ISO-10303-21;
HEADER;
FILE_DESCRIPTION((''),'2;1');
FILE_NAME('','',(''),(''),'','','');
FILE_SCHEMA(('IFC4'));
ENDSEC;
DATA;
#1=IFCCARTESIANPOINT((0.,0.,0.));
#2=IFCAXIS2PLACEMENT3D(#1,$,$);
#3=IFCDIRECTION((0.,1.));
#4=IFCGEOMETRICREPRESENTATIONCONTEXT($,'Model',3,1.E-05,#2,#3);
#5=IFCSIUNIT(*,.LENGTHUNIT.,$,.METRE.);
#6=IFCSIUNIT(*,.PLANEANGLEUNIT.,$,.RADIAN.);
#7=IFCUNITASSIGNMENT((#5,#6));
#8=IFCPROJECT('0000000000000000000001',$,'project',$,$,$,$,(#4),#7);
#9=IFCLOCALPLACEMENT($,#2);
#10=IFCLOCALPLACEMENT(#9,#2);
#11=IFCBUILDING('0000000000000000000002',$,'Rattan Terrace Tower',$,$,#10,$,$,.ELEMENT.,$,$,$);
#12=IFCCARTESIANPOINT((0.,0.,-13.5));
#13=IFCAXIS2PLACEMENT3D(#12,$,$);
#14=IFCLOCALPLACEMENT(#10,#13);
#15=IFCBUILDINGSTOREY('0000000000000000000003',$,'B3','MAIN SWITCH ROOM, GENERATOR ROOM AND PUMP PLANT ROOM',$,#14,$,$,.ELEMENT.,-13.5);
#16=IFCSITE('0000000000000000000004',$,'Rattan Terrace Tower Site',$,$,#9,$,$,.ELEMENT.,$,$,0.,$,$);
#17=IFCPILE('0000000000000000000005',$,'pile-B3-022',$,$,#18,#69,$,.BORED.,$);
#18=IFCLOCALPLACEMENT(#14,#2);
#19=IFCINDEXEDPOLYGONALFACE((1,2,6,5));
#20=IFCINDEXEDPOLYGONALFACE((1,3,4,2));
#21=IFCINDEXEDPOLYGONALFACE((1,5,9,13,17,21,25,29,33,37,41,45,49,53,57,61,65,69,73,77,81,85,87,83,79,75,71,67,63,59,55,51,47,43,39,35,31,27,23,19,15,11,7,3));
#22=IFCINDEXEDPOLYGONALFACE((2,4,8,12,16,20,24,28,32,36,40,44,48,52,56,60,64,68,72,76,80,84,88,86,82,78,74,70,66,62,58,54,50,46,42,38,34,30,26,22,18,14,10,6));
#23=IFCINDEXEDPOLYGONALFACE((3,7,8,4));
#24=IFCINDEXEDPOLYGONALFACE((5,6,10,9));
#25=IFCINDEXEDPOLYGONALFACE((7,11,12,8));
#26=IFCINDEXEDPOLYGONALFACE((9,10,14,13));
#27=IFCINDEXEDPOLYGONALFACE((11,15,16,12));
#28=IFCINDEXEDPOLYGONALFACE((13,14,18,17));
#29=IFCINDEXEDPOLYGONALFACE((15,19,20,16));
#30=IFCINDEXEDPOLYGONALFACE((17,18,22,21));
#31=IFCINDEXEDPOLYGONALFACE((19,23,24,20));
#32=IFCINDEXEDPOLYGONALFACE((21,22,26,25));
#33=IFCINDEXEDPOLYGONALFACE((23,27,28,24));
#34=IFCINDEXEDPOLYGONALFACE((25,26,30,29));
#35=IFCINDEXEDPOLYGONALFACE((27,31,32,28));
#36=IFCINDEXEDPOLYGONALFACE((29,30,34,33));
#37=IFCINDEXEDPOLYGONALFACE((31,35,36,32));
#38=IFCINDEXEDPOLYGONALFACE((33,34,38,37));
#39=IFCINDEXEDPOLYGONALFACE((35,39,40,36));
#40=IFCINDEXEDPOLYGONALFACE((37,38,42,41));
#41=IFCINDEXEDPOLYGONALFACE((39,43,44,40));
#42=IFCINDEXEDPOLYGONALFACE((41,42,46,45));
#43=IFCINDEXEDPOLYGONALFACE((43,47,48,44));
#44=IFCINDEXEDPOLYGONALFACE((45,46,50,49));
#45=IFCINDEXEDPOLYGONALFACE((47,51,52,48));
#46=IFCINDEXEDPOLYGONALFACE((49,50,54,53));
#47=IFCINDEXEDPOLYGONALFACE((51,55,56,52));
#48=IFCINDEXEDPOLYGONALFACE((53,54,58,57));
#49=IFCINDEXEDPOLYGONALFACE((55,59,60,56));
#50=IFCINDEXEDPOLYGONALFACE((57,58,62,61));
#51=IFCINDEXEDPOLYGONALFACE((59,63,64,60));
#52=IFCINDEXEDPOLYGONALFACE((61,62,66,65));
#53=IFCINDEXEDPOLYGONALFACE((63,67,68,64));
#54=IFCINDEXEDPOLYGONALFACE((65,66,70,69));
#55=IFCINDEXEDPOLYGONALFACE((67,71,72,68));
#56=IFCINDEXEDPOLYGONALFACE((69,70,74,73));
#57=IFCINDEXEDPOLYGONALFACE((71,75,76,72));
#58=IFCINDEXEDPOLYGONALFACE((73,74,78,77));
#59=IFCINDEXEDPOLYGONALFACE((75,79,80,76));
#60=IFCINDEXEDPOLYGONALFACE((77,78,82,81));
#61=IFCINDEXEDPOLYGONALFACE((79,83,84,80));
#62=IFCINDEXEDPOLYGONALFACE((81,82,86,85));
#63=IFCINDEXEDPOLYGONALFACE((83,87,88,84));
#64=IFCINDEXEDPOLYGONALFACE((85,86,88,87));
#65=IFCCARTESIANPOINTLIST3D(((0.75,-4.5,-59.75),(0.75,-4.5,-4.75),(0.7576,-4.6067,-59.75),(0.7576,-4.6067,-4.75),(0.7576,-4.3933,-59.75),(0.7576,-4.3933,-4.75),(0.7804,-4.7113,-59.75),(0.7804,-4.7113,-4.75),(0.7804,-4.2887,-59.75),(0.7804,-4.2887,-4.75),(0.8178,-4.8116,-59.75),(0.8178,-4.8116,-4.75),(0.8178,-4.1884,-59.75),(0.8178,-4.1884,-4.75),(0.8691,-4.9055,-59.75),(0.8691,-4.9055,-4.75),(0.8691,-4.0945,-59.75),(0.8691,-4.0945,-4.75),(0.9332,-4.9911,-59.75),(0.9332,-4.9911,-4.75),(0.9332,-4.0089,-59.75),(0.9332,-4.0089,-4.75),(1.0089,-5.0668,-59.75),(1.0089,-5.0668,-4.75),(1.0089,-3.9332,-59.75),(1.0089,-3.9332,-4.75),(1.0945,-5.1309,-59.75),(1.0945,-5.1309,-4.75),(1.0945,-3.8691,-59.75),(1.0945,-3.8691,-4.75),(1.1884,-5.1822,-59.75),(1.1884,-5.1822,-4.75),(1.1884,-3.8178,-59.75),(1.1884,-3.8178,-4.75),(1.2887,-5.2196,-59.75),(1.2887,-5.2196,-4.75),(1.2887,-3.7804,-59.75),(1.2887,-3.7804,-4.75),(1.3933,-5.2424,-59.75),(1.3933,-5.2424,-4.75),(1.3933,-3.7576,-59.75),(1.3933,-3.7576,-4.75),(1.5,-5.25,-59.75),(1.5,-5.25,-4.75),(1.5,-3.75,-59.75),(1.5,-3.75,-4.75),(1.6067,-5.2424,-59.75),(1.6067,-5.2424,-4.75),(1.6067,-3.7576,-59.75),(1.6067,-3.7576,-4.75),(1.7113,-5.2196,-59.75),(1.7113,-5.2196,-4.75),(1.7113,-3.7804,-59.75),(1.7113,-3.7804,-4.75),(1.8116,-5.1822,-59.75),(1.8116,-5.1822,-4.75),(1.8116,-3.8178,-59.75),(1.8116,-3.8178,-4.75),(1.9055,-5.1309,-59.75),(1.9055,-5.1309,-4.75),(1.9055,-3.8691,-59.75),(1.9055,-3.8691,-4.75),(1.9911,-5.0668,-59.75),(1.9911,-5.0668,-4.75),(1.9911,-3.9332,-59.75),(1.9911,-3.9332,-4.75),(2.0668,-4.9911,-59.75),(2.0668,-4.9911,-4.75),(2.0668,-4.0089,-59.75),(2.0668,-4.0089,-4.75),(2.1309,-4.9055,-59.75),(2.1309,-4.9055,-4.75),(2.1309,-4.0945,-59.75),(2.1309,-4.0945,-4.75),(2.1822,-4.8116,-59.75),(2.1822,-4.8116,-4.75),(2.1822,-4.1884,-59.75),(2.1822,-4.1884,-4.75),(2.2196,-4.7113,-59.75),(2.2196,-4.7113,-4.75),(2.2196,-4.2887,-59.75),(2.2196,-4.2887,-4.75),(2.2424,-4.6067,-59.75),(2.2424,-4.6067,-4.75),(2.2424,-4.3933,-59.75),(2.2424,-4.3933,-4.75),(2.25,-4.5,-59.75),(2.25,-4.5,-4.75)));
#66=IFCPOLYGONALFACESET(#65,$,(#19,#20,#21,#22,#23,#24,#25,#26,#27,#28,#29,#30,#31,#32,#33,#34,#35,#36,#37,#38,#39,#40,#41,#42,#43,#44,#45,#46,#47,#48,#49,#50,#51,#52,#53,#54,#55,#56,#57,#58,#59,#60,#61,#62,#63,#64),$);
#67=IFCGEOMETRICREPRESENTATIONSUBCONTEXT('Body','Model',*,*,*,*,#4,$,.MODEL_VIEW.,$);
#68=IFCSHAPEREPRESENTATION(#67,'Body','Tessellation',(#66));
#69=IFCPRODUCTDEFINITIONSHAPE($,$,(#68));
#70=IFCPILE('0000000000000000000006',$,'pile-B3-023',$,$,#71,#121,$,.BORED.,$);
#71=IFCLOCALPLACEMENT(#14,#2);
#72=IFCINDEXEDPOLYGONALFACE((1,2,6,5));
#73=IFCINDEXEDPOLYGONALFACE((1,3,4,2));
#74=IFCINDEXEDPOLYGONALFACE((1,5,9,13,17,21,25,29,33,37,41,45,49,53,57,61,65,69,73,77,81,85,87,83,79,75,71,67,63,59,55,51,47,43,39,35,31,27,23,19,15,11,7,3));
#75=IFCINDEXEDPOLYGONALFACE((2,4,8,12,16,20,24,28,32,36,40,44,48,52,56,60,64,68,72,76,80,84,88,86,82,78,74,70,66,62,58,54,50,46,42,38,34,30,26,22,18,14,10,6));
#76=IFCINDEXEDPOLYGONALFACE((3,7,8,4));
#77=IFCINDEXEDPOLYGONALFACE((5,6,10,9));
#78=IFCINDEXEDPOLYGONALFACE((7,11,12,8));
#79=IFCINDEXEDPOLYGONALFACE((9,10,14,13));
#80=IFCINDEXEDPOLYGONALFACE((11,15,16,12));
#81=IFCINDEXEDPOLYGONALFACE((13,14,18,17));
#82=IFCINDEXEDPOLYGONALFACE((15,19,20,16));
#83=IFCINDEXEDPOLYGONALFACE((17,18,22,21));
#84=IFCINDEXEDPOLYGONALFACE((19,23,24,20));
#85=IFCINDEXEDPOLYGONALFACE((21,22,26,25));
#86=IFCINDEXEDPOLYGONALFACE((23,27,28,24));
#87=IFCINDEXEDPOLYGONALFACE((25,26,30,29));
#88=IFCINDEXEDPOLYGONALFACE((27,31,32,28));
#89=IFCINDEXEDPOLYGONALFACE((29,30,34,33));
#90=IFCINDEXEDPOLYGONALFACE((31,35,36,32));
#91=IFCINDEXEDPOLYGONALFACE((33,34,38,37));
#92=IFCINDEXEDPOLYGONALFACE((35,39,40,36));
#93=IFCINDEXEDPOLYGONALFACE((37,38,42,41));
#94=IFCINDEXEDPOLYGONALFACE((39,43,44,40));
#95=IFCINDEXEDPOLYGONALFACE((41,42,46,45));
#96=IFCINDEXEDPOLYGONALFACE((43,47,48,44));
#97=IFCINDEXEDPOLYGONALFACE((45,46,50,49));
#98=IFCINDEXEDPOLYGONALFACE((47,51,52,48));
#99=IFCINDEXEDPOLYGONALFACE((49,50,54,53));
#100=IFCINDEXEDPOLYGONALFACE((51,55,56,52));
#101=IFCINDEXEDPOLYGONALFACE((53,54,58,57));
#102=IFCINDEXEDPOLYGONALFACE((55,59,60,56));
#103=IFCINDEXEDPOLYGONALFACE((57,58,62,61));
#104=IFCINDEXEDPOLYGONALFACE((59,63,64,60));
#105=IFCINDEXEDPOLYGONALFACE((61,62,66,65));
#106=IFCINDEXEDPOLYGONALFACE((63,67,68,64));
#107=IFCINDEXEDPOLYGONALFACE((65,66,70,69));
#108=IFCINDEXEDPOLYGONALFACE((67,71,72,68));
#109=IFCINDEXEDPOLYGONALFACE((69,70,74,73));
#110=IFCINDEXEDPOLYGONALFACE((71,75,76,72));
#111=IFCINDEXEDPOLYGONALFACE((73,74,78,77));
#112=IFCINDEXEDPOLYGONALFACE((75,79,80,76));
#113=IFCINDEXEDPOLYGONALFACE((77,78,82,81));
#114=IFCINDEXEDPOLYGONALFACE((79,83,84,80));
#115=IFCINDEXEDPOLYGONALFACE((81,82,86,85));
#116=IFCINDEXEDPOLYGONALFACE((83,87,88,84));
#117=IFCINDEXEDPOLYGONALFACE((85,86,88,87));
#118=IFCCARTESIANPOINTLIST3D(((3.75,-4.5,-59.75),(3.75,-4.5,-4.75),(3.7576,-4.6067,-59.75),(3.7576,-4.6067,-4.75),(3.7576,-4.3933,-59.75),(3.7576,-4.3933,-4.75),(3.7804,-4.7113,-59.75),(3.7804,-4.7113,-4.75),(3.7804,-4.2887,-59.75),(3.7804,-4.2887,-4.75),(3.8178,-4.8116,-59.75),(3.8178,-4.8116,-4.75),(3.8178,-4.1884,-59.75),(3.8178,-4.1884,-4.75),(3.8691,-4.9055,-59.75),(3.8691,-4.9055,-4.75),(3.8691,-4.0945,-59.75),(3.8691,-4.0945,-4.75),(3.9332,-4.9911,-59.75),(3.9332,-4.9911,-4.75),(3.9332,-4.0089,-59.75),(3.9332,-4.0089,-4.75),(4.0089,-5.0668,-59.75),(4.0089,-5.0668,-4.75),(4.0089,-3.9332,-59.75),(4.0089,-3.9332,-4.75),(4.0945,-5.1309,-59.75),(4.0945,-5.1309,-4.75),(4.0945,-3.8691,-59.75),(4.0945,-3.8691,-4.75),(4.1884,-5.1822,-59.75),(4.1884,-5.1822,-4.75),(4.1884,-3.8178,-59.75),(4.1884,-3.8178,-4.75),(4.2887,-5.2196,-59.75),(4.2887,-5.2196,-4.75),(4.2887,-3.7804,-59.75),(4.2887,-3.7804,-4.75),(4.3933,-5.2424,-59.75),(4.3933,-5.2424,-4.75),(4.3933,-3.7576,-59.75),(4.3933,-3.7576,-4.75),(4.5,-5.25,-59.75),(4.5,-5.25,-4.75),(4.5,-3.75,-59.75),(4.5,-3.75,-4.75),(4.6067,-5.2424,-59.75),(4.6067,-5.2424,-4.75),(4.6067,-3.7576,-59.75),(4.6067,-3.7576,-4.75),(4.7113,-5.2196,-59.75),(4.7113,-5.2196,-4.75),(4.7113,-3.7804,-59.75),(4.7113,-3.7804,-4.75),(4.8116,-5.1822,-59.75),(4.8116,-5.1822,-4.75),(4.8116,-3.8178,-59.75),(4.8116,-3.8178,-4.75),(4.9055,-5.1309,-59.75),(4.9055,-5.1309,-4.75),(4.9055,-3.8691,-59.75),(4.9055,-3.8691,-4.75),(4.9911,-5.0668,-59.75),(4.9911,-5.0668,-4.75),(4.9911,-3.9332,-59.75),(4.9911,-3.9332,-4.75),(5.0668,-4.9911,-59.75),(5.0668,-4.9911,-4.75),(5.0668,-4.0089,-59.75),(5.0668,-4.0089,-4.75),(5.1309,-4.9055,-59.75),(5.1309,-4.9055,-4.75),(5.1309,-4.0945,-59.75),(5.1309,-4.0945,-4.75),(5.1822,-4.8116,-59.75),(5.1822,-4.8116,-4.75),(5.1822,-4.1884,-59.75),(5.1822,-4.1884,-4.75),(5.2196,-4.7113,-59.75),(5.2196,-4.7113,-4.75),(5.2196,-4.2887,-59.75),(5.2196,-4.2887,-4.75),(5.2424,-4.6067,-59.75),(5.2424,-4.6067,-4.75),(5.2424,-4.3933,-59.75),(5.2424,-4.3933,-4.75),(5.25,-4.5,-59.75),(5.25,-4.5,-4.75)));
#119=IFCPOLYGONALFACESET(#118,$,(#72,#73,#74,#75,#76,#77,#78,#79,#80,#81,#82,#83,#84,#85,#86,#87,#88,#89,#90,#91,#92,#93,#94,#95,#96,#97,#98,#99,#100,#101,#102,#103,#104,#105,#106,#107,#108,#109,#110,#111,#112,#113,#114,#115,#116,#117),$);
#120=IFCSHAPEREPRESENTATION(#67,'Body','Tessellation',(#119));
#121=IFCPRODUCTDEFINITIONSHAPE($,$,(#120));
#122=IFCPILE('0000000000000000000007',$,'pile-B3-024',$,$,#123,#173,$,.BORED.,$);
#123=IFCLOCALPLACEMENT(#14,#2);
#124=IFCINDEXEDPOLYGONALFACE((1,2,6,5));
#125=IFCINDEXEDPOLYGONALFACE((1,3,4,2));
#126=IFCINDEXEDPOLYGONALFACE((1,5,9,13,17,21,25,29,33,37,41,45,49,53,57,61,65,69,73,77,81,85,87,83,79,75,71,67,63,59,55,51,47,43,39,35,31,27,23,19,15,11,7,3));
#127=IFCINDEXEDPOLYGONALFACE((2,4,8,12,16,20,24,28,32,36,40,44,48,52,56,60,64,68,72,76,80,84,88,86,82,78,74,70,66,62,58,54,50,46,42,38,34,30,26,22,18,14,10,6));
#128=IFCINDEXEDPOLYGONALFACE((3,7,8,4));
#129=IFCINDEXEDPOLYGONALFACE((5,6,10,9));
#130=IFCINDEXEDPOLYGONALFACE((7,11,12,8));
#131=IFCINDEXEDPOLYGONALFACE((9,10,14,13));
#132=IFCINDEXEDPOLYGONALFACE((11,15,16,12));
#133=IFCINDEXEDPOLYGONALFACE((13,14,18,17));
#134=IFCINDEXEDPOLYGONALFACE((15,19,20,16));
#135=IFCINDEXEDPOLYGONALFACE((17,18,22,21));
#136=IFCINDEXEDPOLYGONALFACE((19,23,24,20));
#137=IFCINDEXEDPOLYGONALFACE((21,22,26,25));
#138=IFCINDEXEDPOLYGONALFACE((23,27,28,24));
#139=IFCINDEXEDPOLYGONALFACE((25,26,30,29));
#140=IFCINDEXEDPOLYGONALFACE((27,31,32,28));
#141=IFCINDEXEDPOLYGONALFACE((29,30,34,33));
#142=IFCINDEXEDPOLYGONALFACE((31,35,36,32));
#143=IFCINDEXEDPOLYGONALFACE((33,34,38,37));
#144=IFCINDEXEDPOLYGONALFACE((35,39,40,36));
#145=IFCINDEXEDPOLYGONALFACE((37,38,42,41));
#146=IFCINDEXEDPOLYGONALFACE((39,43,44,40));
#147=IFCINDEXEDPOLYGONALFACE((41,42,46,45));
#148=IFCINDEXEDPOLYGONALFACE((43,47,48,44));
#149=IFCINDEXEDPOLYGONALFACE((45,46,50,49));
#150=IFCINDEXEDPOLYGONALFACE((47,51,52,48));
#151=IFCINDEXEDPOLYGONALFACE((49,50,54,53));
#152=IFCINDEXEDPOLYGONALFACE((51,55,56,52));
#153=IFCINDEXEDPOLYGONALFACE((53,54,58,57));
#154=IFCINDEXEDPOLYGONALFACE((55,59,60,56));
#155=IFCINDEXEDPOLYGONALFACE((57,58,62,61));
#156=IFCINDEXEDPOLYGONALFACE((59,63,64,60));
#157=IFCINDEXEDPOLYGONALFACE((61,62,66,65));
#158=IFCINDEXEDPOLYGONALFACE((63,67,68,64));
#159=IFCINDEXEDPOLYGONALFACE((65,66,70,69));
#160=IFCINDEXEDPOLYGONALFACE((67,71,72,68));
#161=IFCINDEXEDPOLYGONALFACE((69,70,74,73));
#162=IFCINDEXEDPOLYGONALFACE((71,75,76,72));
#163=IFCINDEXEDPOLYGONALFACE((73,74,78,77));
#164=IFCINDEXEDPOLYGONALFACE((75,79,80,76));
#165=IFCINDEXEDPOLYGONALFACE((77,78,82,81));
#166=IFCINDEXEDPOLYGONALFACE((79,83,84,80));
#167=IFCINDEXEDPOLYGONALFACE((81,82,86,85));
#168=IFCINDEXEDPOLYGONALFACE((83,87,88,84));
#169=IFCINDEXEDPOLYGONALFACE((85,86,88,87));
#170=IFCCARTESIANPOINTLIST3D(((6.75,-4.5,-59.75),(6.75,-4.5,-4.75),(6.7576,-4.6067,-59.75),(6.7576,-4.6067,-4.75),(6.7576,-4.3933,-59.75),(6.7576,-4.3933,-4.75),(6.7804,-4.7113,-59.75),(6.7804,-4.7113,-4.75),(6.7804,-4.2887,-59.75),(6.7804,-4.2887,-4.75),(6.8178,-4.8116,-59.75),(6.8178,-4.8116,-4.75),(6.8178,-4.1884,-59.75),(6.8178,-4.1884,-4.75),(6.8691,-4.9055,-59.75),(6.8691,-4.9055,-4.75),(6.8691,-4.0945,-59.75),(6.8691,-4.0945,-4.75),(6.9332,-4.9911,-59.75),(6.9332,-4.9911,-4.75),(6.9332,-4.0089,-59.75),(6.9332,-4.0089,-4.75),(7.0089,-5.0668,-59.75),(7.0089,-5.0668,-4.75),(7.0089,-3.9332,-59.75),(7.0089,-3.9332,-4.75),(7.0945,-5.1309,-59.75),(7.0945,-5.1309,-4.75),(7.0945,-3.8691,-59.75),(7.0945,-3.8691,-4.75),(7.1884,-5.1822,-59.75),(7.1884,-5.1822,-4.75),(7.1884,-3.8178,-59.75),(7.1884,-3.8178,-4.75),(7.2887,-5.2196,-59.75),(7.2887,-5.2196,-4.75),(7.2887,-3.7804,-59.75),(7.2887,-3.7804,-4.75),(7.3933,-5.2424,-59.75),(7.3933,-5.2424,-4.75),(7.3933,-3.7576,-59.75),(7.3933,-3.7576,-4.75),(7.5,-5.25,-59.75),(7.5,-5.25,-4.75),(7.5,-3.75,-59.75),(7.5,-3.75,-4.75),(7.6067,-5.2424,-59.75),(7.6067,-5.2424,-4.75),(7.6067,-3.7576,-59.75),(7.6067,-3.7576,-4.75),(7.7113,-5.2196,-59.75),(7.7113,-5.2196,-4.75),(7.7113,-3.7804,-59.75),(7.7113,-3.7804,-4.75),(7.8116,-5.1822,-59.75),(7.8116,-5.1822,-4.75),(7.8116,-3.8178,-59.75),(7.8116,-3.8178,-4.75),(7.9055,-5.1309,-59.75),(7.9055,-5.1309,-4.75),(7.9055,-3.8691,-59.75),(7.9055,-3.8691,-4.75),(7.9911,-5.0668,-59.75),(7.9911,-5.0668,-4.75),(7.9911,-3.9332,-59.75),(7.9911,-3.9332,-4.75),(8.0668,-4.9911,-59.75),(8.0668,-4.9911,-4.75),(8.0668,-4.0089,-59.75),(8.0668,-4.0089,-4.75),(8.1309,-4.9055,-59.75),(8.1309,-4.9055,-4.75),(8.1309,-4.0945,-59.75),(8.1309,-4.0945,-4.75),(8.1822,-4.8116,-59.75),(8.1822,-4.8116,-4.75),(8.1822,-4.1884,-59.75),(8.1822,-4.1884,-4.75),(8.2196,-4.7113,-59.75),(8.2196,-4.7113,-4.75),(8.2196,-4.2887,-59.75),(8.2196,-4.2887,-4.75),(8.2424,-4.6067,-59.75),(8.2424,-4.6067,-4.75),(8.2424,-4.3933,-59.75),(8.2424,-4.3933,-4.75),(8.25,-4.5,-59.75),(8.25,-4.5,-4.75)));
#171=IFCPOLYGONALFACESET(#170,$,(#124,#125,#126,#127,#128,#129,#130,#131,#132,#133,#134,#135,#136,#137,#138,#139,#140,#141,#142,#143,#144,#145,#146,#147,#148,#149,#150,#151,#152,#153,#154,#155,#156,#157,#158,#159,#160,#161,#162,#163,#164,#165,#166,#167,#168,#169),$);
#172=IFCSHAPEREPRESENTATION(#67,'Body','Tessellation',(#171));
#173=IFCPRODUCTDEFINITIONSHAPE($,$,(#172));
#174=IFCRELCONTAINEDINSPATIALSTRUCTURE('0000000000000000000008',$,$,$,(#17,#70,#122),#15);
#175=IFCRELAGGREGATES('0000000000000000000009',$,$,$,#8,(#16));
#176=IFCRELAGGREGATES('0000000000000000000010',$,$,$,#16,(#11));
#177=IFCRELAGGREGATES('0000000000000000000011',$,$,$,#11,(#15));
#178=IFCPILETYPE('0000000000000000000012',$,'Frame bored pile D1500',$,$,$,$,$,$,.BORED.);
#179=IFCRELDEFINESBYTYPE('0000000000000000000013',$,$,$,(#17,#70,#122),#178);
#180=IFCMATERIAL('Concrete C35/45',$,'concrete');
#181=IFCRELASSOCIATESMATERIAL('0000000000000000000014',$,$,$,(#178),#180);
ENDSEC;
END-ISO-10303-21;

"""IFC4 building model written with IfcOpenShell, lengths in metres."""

from ifc_helpers import new_model, si_unit, direction, frame, origin, origin_2d, place, context, subcontext, project, spatial, circle, extrude, material, material_profile, profile_set, type_object, element, save


model = new_model("IFC4")

# Units and contexts
model_context = context("Model", 3, precision=1e-05, world=origin(), true_north=direction((0.0, 1.0)))
body_context = subcontext(model_context, "Body", "Model", "MODEL_VIEW")
ifc_project = project(units=[si_unit("LENGTHUNIT", "METRE"), si_unit("PLANEANGLEUNIT", "RADIAN")], contexts=[model_context])

# Site, building, storey
site_placement = place(None, origin())
site = spatial("IfcSite", under=ifc_project, at=site_placement, Name="Rattan Terrace Tower Site", CompositionType="ELEMENT", RefElevation=0.0)
building_placement = place(site_placement, origin())
building = spatial("IfcBuilding", under=site, at=building_placement, Name="Rattan Terrace Tower", CompositionType="ELEMENT")
storey_placement = place(building_placement, frame((0.0, 0.0, -13.5)))
storey = spatial("IfcBuildingStorey", under=building, at=storey_placement, Name="B3", Description="MAIN SWITCH ROOM, GENERATOR ROOM AND PUMP PLANT ROOM", CompositionType="ELEMENT", Elevation=-13.5)

# Piles
ifc_material_1 = material(Name="Concrete C35/45", Category="concrete")
ifc_material_profile = material_profile(ifc_material_1, circle(Radius=0.75, at=origin_2d()), Name="PILE D1500")
ifc_profile_set = profile_set([ifc_material_profile], Name="Concrete C35/45")
pile_type = type_object("IfcPileType", Name="Frame bored pile D1500", PredefinedType="BORED", material=ifc_profile_set)
for number, where, z_axis, x_axis, name in (
    (1, (1.5, -4.5, -4.75), (0.0, 0.0, -1.0), (1.0, 0.0, 0.0), "pile-B3-022"),
    (2, (4.5, -4.5, -4.75), (0.0, 0.0, -1.0), (1.0, 0.0, 0.0), "pile-B3-023"),
    (3, (7.5, -4.5, -4.75), (0.0, 0.0, -1.0), (1.0, 0.0, 0.0), "pile-B3-024"),
):
    element("IfcPile", number, at=place(storey_placement, frame(where, z_axis=z_axis, x_axis=x_axis)), inside=storey, type_object=pile_type, Name=name, PredefinedType="BORED", context=body_context, shape_type="SweptSolid", body=[
        extrude(circle(Radius=0.75, at=origin_2d()), origin(), (0.0, 0.0, 1.0), 55.0),
    ])

save(model, "model.ifc")
